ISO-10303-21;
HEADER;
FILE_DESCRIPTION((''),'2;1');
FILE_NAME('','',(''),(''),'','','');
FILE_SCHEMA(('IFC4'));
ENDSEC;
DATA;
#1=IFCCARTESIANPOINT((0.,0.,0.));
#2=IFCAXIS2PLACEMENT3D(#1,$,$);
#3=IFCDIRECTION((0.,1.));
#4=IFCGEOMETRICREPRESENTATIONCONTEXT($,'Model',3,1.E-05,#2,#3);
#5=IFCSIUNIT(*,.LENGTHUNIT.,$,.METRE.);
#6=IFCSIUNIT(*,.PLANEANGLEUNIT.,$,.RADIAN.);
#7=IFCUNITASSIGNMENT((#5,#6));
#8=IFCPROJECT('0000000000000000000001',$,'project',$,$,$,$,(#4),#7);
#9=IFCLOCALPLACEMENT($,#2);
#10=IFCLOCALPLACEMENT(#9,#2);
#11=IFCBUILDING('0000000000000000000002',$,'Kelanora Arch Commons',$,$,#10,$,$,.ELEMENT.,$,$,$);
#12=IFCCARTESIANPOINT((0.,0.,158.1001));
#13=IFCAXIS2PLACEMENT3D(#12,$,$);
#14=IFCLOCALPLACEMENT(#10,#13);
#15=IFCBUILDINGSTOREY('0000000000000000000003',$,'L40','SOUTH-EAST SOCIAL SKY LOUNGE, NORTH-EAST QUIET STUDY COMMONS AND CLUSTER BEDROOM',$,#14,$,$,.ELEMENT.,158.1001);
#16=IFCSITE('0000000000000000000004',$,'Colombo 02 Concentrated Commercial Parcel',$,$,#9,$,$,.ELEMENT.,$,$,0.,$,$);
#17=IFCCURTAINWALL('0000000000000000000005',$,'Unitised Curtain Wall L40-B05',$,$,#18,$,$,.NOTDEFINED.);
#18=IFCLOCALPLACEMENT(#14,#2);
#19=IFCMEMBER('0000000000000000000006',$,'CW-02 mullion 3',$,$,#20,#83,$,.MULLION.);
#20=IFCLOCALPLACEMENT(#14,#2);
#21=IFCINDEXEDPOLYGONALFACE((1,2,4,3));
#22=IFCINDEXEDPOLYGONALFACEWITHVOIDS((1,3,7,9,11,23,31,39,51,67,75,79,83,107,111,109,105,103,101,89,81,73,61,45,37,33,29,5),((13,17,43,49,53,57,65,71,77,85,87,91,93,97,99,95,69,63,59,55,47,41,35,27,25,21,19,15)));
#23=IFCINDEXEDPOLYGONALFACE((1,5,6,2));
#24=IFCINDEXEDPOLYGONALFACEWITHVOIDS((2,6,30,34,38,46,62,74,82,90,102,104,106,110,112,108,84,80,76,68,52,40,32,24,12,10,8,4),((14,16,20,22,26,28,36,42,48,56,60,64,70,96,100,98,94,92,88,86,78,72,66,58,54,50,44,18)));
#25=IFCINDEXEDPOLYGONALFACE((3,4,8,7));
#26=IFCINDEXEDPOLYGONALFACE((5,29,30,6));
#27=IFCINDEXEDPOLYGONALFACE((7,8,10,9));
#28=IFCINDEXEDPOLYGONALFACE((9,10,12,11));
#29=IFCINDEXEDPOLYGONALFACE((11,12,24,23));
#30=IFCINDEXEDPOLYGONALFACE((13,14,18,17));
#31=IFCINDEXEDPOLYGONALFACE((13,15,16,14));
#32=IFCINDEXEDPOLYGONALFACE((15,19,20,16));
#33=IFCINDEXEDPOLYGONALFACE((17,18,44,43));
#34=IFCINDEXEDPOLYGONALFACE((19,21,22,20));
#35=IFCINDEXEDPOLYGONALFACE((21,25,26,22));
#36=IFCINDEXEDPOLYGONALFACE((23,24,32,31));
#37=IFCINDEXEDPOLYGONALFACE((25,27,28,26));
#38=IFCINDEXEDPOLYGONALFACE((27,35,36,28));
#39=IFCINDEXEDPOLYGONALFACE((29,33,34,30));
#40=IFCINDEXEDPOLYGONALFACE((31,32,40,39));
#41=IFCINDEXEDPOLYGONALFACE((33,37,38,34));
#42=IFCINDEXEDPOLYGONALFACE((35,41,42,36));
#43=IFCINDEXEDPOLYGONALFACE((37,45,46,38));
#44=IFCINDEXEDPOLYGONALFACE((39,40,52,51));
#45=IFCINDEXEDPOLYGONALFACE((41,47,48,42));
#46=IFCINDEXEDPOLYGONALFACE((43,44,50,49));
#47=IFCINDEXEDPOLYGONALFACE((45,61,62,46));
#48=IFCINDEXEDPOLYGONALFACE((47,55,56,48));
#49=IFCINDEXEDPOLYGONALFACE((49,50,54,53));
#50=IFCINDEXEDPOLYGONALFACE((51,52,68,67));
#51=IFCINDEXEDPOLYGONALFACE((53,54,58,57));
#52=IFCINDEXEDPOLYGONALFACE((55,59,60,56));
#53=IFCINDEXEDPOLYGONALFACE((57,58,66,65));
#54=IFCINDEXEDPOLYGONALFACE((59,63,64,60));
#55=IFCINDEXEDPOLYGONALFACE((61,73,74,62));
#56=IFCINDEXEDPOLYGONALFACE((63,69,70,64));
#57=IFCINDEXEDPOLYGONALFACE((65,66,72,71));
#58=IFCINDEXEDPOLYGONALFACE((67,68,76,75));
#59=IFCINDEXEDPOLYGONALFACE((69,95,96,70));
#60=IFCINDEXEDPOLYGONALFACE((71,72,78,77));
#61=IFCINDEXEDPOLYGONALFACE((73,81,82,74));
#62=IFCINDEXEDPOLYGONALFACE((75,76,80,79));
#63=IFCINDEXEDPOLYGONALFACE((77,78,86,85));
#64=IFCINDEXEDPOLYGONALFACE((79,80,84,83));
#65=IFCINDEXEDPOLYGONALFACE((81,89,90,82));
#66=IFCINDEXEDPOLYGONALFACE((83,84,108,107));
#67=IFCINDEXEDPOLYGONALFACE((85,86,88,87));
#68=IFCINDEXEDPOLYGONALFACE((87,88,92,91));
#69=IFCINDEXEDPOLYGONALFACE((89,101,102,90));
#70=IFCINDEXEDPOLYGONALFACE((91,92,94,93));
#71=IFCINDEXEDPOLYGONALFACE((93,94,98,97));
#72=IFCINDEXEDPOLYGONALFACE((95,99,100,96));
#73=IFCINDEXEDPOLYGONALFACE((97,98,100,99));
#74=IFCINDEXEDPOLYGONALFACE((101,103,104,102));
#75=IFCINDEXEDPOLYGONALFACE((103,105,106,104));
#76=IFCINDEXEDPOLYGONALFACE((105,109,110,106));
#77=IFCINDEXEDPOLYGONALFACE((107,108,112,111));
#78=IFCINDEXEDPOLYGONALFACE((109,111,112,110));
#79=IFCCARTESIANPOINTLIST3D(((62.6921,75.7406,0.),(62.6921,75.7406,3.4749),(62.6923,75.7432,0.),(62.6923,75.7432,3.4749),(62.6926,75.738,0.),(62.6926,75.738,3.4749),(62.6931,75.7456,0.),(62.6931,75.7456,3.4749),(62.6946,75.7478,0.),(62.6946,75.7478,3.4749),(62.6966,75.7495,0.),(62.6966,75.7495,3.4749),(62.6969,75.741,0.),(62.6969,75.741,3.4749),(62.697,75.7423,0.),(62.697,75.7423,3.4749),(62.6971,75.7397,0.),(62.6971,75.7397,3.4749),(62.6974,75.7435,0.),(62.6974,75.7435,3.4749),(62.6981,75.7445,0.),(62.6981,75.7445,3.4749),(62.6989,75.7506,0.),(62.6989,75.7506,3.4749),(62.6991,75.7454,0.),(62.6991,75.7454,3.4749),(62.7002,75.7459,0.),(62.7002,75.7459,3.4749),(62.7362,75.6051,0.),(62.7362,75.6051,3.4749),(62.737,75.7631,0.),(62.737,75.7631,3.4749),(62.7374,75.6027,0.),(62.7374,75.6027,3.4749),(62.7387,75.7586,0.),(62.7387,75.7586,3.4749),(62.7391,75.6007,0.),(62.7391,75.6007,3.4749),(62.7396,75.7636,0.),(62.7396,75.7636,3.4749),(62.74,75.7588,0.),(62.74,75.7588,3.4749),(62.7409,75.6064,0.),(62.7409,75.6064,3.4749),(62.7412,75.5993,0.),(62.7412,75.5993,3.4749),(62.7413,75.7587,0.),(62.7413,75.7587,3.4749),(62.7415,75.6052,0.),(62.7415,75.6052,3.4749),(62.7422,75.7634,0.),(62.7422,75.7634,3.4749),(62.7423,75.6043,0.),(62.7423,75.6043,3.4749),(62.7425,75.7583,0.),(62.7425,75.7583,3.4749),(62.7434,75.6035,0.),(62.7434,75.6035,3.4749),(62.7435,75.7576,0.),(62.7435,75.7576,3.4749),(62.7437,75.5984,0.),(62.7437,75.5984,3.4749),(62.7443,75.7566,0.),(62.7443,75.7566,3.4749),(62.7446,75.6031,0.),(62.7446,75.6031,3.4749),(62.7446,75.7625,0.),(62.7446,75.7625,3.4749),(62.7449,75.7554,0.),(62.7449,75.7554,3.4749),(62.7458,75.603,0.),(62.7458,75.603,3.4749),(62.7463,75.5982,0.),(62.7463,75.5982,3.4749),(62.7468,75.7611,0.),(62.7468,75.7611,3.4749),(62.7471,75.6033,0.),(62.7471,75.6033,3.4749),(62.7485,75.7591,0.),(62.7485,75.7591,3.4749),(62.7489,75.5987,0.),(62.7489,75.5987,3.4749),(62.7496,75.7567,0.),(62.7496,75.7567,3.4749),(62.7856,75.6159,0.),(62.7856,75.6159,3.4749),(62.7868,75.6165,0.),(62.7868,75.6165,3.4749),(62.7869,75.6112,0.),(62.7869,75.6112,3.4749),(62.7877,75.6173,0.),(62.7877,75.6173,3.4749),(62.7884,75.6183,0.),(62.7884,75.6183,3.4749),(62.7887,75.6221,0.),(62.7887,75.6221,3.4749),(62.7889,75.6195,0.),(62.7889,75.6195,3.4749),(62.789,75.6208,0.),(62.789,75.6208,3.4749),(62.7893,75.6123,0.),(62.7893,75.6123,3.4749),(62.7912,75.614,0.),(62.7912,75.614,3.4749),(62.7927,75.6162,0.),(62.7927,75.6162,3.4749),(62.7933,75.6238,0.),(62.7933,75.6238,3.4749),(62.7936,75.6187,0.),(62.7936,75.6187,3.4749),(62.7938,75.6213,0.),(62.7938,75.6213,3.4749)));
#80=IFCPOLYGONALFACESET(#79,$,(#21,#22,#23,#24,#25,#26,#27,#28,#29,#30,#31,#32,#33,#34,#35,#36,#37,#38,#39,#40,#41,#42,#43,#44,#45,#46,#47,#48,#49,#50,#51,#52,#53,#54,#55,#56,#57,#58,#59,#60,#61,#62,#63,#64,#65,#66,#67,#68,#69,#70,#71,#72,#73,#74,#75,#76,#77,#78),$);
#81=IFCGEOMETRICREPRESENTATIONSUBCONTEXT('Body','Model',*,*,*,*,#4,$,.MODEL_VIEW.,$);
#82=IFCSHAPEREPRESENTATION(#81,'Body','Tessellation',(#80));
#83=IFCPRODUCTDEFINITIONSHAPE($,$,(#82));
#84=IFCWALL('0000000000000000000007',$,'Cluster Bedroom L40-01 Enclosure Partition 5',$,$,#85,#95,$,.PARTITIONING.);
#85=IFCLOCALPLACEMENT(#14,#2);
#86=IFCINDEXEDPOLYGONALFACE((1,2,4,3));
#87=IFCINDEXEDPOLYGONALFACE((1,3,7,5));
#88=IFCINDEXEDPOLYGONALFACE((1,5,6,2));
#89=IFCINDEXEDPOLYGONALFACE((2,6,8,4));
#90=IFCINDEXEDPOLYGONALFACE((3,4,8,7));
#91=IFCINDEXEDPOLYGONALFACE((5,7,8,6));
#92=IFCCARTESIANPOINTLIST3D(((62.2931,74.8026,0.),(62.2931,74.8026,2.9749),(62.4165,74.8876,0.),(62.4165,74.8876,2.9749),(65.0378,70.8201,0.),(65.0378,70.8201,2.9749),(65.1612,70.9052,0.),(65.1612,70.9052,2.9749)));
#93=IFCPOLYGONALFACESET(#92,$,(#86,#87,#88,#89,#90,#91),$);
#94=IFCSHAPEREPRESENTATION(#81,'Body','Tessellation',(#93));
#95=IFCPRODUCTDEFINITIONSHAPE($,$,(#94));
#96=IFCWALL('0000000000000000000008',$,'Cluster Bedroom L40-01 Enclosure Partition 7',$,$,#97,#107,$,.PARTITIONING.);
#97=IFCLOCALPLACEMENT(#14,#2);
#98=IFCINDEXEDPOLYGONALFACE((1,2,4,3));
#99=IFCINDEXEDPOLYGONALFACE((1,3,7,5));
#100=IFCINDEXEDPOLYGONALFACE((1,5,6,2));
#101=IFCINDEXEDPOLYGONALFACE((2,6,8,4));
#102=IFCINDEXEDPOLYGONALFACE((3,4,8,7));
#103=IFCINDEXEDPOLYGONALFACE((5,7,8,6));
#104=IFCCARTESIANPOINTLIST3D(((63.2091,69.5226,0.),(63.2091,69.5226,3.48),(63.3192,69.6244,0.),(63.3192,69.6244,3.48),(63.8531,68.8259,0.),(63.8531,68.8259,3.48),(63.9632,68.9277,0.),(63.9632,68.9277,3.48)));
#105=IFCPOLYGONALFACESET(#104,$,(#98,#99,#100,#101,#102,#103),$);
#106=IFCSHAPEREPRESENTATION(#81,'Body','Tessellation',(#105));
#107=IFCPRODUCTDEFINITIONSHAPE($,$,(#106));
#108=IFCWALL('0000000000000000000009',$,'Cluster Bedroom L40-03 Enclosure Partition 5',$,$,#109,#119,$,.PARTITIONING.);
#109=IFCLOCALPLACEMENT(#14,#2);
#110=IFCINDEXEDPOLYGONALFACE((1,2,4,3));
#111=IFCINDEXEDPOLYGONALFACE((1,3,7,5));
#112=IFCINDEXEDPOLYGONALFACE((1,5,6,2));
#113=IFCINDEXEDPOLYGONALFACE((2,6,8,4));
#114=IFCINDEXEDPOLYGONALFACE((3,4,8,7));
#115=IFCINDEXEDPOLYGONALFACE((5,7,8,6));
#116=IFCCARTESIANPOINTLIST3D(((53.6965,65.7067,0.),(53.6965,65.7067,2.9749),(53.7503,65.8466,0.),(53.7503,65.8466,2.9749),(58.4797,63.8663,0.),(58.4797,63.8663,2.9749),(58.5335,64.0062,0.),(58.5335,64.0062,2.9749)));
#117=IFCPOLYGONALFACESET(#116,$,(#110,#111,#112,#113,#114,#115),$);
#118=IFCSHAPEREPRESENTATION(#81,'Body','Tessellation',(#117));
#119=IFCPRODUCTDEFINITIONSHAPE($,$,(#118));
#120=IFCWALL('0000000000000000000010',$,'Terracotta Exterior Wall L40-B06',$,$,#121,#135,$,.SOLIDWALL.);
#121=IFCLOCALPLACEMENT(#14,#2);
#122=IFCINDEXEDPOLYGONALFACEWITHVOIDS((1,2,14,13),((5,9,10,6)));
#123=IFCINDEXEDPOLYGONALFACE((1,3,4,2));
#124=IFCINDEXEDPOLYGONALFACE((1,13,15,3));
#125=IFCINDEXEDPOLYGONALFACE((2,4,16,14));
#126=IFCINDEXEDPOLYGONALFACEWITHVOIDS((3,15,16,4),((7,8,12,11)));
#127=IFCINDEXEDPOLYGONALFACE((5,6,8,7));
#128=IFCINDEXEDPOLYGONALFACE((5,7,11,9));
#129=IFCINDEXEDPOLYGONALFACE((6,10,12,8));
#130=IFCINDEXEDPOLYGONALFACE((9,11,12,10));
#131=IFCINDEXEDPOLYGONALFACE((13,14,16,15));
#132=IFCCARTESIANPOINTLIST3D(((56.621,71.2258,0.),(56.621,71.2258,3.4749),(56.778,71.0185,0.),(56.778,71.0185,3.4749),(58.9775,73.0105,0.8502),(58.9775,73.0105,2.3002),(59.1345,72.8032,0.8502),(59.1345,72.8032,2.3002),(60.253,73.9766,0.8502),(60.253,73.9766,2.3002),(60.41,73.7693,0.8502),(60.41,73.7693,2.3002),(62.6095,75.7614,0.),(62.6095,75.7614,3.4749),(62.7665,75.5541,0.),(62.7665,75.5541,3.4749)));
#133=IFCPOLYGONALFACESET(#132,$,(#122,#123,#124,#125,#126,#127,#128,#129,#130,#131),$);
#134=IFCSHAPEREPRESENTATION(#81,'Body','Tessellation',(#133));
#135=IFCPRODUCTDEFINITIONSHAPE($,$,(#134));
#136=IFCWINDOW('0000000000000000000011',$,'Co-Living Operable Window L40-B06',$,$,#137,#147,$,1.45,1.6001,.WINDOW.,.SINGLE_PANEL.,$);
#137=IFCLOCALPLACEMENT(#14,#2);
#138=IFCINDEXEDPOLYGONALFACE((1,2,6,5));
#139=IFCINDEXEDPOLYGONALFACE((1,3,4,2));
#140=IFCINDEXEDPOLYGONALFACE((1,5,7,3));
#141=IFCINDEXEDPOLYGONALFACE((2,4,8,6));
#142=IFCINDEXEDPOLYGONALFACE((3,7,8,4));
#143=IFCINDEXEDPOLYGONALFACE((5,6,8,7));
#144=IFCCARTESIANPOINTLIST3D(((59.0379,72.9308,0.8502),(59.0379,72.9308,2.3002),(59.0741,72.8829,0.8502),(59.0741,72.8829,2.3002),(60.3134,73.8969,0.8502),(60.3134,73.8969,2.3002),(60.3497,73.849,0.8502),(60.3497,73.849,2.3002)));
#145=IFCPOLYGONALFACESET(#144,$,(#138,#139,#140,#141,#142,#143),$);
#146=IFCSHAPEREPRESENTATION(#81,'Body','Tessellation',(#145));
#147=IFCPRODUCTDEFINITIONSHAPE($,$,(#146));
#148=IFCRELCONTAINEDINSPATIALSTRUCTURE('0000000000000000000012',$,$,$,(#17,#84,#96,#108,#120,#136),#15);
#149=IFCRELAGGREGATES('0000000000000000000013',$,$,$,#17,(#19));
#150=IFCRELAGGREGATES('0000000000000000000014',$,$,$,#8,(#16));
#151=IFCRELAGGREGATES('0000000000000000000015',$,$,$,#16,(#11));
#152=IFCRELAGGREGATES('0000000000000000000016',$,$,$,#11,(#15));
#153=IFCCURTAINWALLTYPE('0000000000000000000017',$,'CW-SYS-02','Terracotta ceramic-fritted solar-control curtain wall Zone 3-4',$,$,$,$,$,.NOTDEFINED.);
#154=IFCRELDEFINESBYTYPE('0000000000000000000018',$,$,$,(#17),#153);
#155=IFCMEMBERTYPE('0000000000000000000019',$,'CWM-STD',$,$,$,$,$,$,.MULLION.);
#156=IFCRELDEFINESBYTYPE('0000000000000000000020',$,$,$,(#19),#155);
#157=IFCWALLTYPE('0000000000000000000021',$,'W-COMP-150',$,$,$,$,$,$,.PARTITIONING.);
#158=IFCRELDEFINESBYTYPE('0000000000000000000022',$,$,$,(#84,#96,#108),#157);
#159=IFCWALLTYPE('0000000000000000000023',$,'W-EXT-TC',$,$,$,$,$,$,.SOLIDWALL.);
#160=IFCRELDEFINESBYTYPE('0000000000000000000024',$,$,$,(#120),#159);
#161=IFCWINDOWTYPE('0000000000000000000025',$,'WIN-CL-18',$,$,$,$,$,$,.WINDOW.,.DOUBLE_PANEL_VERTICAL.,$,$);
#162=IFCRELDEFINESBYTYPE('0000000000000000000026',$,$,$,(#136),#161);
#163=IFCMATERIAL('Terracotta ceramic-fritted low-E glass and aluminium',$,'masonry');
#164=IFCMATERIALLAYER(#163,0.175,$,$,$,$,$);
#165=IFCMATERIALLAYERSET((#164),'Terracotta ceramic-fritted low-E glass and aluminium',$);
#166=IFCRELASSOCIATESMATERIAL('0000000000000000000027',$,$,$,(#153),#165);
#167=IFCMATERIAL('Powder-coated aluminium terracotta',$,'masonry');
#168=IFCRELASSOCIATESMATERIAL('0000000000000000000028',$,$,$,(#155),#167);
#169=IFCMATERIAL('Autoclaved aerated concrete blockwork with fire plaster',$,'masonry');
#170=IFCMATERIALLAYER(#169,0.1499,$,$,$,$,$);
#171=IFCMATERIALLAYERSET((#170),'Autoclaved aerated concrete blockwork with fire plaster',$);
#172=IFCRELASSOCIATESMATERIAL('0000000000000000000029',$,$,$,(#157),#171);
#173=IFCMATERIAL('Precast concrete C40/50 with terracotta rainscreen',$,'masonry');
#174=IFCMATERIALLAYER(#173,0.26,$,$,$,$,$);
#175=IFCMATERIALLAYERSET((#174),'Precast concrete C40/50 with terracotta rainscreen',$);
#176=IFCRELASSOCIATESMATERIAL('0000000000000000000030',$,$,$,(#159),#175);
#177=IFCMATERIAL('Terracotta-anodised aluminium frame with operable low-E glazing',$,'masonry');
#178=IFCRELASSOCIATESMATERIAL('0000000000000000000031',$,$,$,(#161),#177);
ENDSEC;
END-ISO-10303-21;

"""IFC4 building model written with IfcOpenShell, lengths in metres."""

from ifc_helpers import new_model, si_unit, direction, frame, frame_2d, origin, origin_2d, place, context, subcontext, project, spatial, rectangle, hollow_rectangle, extrude, material, layer, layer_set, material_profile, profile_set, type_object, element, fill, aggregate, save


model = new_model("IFC4")

# Units and contexts
model_context = context("Model", 3, precision=1e-05, world=origin(), true_north=direction((0.0, 1.0)))
body_context = subcontext(model_context, "Body", "Model", "MODEL_VIEW")
ifc_project = project(units=[si_unit("LENGTHUNIT", "METRE"), si_unit("PLANEANGLEUNIT", "RADIAN")], contexts=[model_context])

# Site, building, storey
site_placement = place(None, origin())
site = spatial("IfcSite", under=ifc_project, at=site_placement, Name="Colombo 02 Concentrated Commercial Parcel", CompositionType="ELEMENT", RefElevation=0.0)
building_placement = place(site_placement, origin())
building = spatial("IfcBuilding", under=site, at=building_placement, Name="Kelanora Arch Commons", CompositionType="ELEMENT")
storey_placement = place(building_placement, frame((0.0, 0.0, 158.1001)))
storey = spatial("IfcBuildingStorey", under=building, at=storey_placement, Name="L40", Description="SOUTH-EAST SOCIAL SKY LOUNGE, NORTH-EAST QUIET STUDY COMMONS AND CLUSTER BEDROOM", CompositionType="ELEMENT", Elevation=158.1001)

# Curtain wall, member
ifc_material_1 = material(Name="Terracotta ceramic-fritted low-E glass and aluminium", Category="masonry")
ifc_layer_1 = layer(ifc_material_1, 0.175)
ifc_layer_set_1 = layer_set([ifc_layer_1], Name="Terracotta ceramic-fritted low-E glass and aluminium")
curtain_wall_type = type_object("IfcCurtainWallType", Name="CW-SYS-02", Description="Terracotta ceramic-fritted solar-control curtain wall Zone 3-4", PredefinedType="NOTDEFINED", material=ifc_layer_set_1)
curtain_wall_placement = place(storey_placement, origin())
curtain_wall = element("IfcCurtainWall", 1, at=curtain_wall_placement, inside=storey, type_object=curtain_wall_type, Name="Unitised Curtain Wall L40-B05", PredefinedType="NOTDEFINED")
ifc_material_2 = material(Name="Powder-coated aluminium terracotta", Category="masonry")
ifc_material_profile_1 = material_profile(ifc_material_2, hollow_rectangle(XDim=0.1599, YDim=0.0601, WallThickness=0.0049, InnerFilletRadius=0.0049, OuterFilletRadius=0.01, at=origin_2d()), Name="CWM160x60")
ifc_profile_set_1 = profile_set([ifc_material_profile_1], Name="Powder-coated aluminium terracotta")
member_type = type_object("IfcMemberType", Name="CWM-STD", PredefinedType="MULLION", material=ifc_profile_set_1)
member_placement = place(storey_placement, frame((62.7429, 75.6809, 0.0), z_axis=(0.0, 0.0, 1.0), x_axis=(0.312128, -0.95004, 0.0)))
member = element("IfcMember", 2, at=member_placement, type_object=member_type, Name="CW-02 mullion 3", PredefinedType="MULLION", context=body_context, shape_type="SweptSolid", body=[
    extrude(hollow_rectangle(XDim=0.1599, YDim=0.0601, WallThickness=0.0049, InnerFilletRadius=0.0049, OuterFilletRadius=0.01, at=origin_2d()), origin(), (0.0, 0.0, 1.0), 3.4749),
])
aggregate(curtain_wall, [member])

# Walls
ifc_material_3 = material(Name="Autoclaved aerated concrete blockwork with fire plaster", Category="masonry")
ifc_layer_2 = layer(ifc_material_3, 0.1499)
ifc_layer_set_2 = layer_set([ifc_layer_2], Name="Autoclaved aerated concrete blockwork with fire plaster")
wall_type_1 = type_object("IfcWallType", Name="W-COMP-150", PredefinedType="PARTITIONING", material=ifc_layer_set_2)
wall_1_placement = place(storey_placement, frame((62.3547, 74.8452, 0.0), z_axis=(0.0, 0.0, 1.0), x_axis=(0.567471, -0.823393, 0.0)))
element("IfcWall", 3, at=wall_1_placement, inside=storey, type_object=wall_type_1, Name="Cluster Bedroom L40-01 Enclosure Partition 5", PredefinedType="PARTITIONING", context=body_context, shape_type="SweptSolid", body=[
    extrude(rectangle(XDim=4.8367, YDim=0.1499, at=frame_2d((2.4185, 0.0))), origin(), (0.0, 0.0, 1.0), 2.9749),
])
wall_2_placement = place(storey_placement, frame((63.2642, 69.5735, 0.0), z_axis=(0.0, 0.0, 1.0), x_axis=(0.678772, -0.73435, 0.0)))
element("IfcWall", 4, at=wall_2_placement, inside=storey, type_object=wall_type_1, Name="Cluster Bedroom L40-01 Enclosure Partition 7", PredefinedType="PARTITIONING", context=body_context, shape_type="SweptSolid", body=[
    extrude(rectangle(XDim=0.9487, YDim=0.1499, at=frame_2d((0.4744, 0.0))), origin(), (0.0, 0.0, 1.0), 3.48),
])
wall_3_placement = place(storey_placement, frame((53.7234, 65.7766, 0.0), z_axis=(0.0, 0.0, 1.0), x_axis=(0.933304, -0.359088, 0.0)))
element("IfcWall", 5, at=wall_3_placement, inside=storey, type_object=wall_type_1, Name="Cluster Bedroom L40-03 Enclosure Partition 5", PredefinedType="PARTITIONING", context=body_context, shape_type="SweptSolid", body=[
    extrude(rectangle(XDim=5.125, YDim=0.1499, at=frame_2d((2.5625, 0.0))), origin(), (0.0, 0.0, 1.0), 2.9749),
])

# Wall, opening, window
ifc_material_4 = material(Name="Precast concrete C40/50 with terracotta rainscreen", Category="masonry")
ifc_layer_3 = layer(ifc_material_4, 0.26)
ifc_layer_set_3 = layer_set([ifc_layer_3], Name="Precast concrete C40/50 with terracotta rainscreen")
wall_type_2 = type_object("IfcWallType", Name="W-EXT-TC", PredefinedType="SOLIDWALL", material=ifc_layer_set_3)
wall_4_placement = place(storey_placement, frame((62.688, 75.6577, 0.0), z_axis=(0.0, 0.0, 1.0), x_axis=(-0.797164, -0.603763, 0.0)))
wall_4 = element("IfcWall", 6, at=wall_4_placement, inside=storey, type_object=wall_type_2, Name="Terracotta Exterior Wall L40-B06", PredefinedType="SOLIDWALL", context=body_context, shape_type="SweptSolid", body=[
    extrude(rectangle(XDim=7.5122, YDim=0.26, at=frame_2d((3.7561, 0.0))), origin(), (0.0, 0.0, 1.0), 3.4749),
])
opening_1_placement = place(wall_4_placement, frame((2.9561, 0.0, 0.8501)))
opening_1 = element("IfcOpeningElement", 7, at=opening_1_placement, cuts=wall_4, PredefinedType="OPENING", context=body_context, shape_type="SweptSolid", body=[
    extrude(rectangle(XDim=1.6001, YDim=1.45, at=frame_2d((0.8, 0.7251))), frame((0.0, 0.1401, 0.0), z_axis=(0.0, -1.0, 0.0), x_axis=(1.0, 0.0, 0.0)), (0.0, 0.0, 1.0), 0.28),
])
ifc_material_5 = material(Name="Terracotta-anodised aluminium frame with operable low-E glazing", Category="masonry")
window_type_1 = type_object("IfcWindowType", Name="WIN-CL-18", PartitioningType="DOUBLE_PANEL_VERTICAL", PredefinedType="WINDOW", material=ifc_material_5)
window_1_placement = place(opening_1_placement, origin())
window_1 = element("IfcWindow", 8, at=window_1_placement, inside=storey, type_object=window_type_1, Name="Co-Living Operable Window L40-B06", OverallHeight=1.45, OverallWidth=1.6001, PartitioningType="SINGLE_PANEL", PredefinedType="WINDOW", context=body_context, shape_type="SweptSolid", body=[
    extrude(rectangle(XDim=1.6001, YDim=1.45, at=frame_2d((0.8, 0.7251))), frame((0.0, 0.03, 0.0), z_axis=(0.0, -1.0, 0.0), x_axis=(1.0, 0.0, 0.0)), (0.0, 0.0, 1.0), 0.0601),
])
fill(opening_1, window_1)

save(model, "model.ifc")
